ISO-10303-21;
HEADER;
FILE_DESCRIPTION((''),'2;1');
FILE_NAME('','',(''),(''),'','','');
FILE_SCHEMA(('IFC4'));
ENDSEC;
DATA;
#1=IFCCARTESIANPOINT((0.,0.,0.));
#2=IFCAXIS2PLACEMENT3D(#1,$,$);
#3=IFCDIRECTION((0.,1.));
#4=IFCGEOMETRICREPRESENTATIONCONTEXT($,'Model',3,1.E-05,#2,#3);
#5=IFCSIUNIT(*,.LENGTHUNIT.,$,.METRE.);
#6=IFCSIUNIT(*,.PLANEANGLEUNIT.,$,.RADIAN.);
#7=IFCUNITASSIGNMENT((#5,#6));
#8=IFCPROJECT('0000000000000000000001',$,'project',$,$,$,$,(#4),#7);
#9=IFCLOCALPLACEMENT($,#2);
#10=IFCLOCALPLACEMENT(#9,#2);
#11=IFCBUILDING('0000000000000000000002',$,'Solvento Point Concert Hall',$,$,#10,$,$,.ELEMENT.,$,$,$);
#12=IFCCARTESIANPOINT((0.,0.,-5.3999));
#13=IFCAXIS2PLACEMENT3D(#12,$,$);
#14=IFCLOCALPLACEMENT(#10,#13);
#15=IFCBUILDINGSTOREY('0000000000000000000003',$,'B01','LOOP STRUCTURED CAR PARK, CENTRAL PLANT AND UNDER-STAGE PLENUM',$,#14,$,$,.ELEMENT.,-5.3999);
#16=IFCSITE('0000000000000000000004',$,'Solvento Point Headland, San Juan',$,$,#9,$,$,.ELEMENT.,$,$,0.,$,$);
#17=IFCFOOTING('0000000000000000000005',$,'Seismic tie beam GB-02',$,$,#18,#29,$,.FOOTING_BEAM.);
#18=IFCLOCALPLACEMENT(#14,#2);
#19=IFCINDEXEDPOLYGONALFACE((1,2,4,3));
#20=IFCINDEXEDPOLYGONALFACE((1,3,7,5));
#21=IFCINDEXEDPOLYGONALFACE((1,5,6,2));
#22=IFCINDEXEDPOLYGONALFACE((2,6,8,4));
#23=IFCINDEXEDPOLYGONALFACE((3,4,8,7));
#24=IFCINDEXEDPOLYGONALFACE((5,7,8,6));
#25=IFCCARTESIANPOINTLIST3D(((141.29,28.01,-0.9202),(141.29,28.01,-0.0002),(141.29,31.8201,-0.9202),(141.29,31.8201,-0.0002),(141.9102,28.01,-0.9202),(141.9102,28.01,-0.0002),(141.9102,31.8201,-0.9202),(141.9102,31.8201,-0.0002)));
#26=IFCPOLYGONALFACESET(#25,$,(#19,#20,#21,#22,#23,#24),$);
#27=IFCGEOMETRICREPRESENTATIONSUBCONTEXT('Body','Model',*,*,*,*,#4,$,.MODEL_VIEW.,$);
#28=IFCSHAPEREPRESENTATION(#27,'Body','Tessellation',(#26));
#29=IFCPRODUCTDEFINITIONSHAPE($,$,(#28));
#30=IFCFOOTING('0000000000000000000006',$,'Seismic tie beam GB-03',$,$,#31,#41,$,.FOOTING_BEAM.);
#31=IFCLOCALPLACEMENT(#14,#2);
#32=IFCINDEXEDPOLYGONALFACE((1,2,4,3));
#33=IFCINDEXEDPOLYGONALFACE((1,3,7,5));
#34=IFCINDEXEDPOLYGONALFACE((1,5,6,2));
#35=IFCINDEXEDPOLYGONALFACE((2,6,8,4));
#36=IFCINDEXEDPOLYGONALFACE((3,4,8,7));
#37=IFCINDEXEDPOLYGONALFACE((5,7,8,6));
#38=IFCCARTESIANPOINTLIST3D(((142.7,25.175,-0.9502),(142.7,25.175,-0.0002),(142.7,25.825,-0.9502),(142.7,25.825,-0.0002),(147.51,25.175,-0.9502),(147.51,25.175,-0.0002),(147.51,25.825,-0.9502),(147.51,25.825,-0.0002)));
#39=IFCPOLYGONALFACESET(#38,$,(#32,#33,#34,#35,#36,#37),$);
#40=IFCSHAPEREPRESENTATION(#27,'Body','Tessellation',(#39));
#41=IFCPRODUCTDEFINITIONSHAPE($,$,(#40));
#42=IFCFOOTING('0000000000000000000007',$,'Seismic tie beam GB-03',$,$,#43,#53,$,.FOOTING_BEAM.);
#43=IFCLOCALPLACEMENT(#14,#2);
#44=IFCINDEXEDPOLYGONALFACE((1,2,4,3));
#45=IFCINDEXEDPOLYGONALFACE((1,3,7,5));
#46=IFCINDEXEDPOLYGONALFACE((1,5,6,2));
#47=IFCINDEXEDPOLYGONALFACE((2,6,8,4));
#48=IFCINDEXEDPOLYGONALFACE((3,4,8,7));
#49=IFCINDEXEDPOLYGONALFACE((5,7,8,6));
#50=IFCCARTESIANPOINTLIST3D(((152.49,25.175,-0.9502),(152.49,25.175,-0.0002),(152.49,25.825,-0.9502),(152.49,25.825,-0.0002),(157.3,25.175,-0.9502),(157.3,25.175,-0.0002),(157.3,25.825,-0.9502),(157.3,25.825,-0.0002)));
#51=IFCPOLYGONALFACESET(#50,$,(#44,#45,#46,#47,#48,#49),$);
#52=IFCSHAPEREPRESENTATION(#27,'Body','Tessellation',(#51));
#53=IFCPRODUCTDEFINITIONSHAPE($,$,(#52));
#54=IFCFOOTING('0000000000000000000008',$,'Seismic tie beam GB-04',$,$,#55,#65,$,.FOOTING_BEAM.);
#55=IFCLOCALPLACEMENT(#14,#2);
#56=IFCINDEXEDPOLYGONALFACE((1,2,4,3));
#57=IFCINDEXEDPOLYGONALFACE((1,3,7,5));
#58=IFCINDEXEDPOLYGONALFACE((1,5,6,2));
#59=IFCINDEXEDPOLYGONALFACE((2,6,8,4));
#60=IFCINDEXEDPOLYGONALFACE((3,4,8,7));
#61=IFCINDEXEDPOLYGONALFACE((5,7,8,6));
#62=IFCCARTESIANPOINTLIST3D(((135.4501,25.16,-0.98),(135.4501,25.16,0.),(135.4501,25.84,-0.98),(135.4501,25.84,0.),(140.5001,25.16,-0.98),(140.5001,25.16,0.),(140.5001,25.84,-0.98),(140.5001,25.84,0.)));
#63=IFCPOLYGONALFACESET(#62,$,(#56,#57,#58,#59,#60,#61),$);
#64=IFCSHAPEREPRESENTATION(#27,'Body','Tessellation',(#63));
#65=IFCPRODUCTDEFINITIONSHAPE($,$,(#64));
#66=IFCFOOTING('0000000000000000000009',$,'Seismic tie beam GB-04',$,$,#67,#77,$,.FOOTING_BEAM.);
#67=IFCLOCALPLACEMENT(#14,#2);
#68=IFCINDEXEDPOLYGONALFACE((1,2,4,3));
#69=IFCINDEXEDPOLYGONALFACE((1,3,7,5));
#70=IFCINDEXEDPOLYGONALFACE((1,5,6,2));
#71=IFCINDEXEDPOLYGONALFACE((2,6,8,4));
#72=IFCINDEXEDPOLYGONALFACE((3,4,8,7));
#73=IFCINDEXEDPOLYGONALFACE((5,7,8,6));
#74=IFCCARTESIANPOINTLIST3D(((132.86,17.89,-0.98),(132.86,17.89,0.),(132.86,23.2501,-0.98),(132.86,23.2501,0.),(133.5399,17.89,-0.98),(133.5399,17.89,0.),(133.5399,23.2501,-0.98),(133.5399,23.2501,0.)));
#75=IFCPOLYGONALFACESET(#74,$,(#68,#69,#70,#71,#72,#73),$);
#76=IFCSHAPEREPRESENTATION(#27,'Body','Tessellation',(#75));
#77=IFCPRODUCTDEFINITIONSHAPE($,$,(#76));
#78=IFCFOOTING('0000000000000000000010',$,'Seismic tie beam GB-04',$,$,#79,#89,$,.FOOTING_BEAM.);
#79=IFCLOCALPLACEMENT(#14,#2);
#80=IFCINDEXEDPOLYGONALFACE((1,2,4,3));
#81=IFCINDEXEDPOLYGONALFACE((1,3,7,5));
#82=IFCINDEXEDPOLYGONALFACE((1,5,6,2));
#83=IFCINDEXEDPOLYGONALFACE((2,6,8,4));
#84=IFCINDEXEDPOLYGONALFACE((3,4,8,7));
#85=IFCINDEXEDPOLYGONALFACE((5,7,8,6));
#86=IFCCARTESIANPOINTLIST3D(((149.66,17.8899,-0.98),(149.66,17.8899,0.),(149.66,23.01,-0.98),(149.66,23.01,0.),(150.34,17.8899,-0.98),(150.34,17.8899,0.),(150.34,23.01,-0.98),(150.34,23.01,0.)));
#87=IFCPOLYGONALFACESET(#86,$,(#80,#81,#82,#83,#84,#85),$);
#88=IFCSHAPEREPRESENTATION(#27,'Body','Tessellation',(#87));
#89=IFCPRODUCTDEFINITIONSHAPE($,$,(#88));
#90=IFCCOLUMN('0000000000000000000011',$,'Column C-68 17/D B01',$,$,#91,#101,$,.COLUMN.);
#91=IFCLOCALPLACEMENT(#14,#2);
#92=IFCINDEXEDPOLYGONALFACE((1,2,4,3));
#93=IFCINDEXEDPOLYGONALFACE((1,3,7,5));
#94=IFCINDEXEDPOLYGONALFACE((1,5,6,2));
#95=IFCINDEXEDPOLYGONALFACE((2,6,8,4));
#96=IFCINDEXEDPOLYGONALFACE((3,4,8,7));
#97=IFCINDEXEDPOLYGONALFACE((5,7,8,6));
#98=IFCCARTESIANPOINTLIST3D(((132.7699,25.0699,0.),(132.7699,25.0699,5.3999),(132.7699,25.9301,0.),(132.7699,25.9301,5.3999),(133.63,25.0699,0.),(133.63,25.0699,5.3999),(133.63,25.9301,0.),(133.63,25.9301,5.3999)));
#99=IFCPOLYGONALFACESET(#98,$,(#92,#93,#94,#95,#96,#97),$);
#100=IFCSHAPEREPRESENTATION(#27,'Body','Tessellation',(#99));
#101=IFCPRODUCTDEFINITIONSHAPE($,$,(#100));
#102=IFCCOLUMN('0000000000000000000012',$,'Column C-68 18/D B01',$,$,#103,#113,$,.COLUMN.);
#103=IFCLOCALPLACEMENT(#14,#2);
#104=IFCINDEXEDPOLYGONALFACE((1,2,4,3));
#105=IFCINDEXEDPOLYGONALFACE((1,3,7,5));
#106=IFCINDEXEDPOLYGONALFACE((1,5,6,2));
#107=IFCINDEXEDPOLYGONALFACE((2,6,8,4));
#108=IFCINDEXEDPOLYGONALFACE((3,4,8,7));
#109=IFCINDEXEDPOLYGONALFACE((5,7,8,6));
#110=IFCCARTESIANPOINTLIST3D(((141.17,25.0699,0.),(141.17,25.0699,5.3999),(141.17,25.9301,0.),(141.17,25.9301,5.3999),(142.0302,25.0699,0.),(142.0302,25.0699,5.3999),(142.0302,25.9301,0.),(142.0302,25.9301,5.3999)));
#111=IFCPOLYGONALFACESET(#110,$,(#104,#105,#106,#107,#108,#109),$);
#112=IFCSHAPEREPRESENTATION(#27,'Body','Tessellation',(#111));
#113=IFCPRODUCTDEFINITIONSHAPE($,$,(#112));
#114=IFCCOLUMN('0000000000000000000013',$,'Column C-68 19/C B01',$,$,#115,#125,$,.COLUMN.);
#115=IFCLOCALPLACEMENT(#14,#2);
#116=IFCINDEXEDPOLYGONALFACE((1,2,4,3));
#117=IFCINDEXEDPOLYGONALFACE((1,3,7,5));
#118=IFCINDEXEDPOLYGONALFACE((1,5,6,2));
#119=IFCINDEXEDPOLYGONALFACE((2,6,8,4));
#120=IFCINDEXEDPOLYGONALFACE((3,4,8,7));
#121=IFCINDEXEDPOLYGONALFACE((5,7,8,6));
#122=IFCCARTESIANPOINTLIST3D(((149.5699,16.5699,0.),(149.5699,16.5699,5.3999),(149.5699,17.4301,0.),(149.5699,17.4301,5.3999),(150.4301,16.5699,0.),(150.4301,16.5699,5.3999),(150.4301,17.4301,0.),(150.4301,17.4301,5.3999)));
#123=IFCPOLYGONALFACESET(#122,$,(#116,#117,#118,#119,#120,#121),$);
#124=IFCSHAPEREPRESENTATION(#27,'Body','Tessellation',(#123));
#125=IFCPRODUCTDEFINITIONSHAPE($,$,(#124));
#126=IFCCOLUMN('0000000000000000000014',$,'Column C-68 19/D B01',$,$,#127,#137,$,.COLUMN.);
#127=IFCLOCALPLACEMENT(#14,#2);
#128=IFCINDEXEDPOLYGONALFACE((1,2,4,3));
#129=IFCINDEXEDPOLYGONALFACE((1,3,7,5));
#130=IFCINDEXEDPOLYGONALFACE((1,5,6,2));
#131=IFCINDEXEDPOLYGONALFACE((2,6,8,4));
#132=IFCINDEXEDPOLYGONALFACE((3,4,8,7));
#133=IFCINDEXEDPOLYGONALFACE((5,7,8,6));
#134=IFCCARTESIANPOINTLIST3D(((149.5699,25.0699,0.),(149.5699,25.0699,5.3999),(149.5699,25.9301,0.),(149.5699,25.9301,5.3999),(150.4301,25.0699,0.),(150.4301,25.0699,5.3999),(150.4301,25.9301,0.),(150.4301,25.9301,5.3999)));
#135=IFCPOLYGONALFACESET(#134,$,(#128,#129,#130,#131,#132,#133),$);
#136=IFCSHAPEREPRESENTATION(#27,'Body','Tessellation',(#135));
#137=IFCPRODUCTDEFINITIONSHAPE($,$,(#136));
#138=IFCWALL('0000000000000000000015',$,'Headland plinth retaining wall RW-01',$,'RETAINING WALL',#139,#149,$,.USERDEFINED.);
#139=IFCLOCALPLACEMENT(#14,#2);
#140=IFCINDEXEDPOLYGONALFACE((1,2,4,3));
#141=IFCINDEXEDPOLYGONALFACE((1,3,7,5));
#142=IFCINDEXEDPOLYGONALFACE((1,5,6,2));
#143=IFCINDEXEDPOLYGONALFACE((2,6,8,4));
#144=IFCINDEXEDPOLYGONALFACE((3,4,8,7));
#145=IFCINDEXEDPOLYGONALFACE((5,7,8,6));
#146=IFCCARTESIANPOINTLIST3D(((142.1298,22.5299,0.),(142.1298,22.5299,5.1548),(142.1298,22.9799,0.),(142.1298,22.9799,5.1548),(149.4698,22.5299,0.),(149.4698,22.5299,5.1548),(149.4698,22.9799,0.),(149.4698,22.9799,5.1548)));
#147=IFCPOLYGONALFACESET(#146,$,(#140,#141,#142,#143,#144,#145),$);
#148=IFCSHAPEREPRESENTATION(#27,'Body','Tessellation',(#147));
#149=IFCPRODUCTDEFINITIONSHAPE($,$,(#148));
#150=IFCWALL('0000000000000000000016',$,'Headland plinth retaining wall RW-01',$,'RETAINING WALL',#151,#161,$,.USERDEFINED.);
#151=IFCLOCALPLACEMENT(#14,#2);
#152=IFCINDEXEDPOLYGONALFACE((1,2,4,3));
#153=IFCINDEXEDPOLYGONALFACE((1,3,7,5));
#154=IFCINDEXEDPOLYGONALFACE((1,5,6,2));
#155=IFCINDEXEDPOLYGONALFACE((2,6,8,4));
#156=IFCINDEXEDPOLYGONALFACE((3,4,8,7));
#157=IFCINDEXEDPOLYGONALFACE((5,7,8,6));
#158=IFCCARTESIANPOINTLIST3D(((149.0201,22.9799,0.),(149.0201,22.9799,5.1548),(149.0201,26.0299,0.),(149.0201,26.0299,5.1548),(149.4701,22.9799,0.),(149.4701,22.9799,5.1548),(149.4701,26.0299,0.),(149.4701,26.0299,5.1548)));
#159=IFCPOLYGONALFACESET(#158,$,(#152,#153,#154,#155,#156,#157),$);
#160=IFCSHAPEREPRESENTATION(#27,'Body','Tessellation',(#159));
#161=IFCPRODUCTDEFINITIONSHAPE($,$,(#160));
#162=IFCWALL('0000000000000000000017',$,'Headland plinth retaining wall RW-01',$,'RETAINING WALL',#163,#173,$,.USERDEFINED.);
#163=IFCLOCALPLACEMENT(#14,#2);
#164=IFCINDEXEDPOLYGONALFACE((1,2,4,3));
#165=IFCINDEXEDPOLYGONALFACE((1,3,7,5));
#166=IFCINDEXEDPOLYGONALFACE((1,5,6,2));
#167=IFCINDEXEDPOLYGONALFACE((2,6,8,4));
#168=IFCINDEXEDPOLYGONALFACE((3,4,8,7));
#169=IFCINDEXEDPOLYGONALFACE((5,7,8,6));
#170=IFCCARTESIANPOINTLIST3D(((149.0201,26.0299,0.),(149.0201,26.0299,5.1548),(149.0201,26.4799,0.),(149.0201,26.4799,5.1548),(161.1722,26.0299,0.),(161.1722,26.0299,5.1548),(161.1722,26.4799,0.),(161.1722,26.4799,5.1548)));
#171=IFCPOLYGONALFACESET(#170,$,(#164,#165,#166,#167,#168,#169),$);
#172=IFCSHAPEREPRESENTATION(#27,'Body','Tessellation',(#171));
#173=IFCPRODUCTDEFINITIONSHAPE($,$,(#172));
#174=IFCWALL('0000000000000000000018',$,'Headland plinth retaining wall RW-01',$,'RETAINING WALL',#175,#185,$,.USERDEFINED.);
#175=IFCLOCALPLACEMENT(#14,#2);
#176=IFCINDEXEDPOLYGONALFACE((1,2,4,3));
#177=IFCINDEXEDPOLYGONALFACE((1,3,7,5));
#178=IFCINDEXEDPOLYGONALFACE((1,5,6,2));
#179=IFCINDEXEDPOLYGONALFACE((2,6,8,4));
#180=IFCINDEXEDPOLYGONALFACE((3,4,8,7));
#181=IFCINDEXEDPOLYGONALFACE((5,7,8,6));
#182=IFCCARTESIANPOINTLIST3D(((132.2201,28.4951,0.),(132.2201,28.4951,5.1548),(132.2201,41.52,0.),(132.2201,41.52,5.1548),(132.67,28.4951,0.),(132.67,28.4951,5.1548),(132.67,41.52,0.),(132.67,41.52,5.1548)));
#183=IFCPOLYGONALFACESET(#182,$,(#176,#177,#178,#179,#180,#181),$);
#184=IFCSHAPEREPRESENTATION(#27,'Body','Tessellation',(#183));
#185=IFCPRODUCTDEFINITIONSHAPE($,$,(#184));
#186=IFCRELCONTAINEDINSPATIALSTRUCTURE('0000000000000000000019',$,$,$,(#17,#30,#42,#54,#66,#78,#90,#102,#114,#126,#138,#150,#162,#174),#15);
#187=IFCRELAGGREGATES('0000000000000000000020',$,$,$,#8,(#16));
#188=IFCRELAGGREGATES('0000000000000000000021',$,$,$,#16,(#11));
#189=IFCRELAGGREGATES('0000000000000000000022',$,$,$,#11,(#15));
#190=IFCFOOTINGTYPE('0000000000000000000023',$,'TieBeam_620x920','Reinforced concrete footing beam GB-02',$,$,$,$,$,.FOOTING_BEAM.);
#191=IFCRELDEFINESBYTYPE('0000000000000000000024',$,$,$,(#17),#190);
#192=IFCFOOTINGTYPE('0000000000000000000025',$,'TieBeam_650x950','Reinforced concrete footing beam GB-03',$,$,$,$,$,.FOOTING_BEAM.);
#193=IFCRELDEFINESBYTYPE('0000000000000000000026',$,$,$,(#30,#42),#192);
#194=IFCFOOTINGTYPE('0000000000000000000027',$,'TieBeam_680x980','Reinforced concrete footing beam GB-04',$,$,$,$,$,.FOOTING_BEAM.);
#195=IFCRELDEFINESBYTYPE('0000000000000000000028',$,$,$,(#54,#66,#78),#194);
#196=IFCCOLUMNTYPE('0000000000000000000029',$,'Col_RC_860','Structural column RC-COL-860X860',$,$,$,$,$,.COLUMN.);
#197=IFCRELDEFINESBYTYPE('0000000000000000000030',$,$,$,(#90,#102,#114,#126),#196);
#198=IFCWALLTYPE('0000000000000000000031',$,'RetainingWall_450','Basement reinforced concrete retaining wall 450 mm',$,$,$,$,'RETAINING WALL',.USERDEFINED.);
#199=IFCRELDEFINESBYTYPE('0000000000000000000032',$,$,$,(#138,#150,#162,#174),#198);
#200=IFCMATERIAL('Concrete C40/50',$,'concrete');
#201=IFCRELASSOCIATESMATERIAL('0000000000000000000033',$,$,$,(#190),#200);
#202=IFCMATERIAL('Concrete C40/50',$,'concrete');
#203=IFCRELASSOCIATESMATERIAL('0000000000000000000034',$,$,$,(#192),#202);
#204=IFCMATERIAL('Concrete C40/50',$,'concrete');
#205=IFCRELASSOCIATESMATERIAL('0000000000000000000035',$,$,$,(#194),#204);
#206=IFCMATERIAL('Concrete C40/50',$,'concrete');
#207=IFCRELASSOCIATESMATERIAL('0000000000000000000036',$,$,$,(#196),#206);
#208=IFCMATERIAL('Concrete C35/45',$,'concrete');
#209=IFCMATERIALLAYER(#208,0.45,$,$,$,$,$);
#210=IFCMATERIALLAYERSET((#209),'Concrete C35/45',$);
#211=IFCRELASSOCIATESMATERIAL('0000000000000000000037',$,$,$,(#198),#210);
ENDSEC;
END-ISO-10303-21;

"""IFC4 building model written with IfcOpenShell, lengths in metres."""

from ifc_helpers import new_model, si_unit, direction, frame, frame_2d, origin, origin_2d, place, context, subcontext, project, spatial, rectangle, extrude, material, layer, layer_set, material_profile, profile_set, type_object, element, save


model = new_model("IFC4")

# Units and contexts
model_context = context("Model", 3, precision=1e-05, world=origin(), true_north=direction((0.0, 1.0)))
body_context = subcontext(model_context, "Body", "Model", "MODEL_VIEW")
ifc_project = project(units=[si_unit("LENGTHUNIT", "METRE"), si_unit("PLANEANGLEUNIT", "RADIAN")], contexts=[model_context])

# Site, building, storey
site_placement = place(None, origin())
site = spatial("IfcSite", under=ifc_project, at=site_placement, Name="Solvento Point Headland, San Juan", CompositionType="ELEMENT", RefElevation=0.0)
building_placement = place(site_placement, origin())
building = spatial("IfcBuilding", under=site, at=building_placement, Name="Solvento Point Concert Hall", CompositionType="ELEMENT")
storey_placement = place(building_placement, frame((0.0, 0.0, -5.3999)))
storey = spatial("IfcBuildingStorey", under=building, at=storey_placement, Name="B01", Description="LOOP STRUCTURED CAR PARK, CENTRAL PLANT AND UNDER-STAGE PLENUM", CompositionType="ELEMENT", Elevation=-5.3999)

# Footings
ifc_material_1 = material(Name="Concrete C40/50", Category="concrete")
footing_type_1 = type_object("IfcFootingType", Name="TieBeam_620x920", Description="Reinforced concrete footing beam GB-02", PredefinedType="FOOTING_BEAM", material=ifc_material_1)
footing_1_placement = place(storey_placement, frame((141.6001, 29.915, -0.9202), z_axis=(0.0, 0.0, 1.0), x_axis=(0.0, 1.0, 0.0)))
element("IfcFooting", 1, at=footing_1_placement, inside=storey, type_object=footing_type_1, Name="Seismic tie beam GB-02", PredefinedType="FOOTING_BEAM", context=body_context, shape_type="SweptSolid", body=[
    extrude(rectangle(XDim=3.8101, YDim=0.6201, at=origin_2d()), origin(), (0.0, 0.0, 1.0), 0.9199),
])
ifc_material_2 = material(Name="Concrete C40/50", Category="concrete")
footing_type_2 = type_object("IfcFootingType", Name="TieBeam_650x950", Description="Reinforced concrete footing beam GB-03", PredefinedType="FOOTING_BEAM", material=ifc_material_2)
for number, where, z_axis, x_axis, name in (
    (2, (145.105, 25.5, -0.9502), (0.0, 0.0, 1.0), (1.0, 0.0, 0.0), "Seismic tie beam GB-03"),
    (3, (154.895, 25.5, -0.9502), (0.0, 0.0, 1.0), (1.0, 0.0, 0.0), "Seismic tie beam GB-03"),
):
    element("IfcFooting", number, at=place(storey_placement, frame(where, z_axis=z_axis, x_axis=x_axis)), inside=storey, type_object=footing_type_2, Name=name, PredefinedType="FOOTING_BEAM", context=body_context, shape_type="SweptSolid", body=[
        extrude(rectangle(XDim=4.8101, YDim=0.6499, at=origin_2d()), origin(), (0.0, 0.0, 1.0), 0.95),
    ])
ifc_material_3 = material(Name="Concrete C40/50", Category="concrete")
footing_type_3 = type_object("IfcFootingType", Name="TieBeam_680x980", Description="Reinforced concrete footing beam GB-04", PredefinedType="FOOTING_BEAM", material=ifc_material_3)
footing_2_placement = place(storey_placement, frame((137.9751, 25.5, -0.98), z_axis=(0.0, 0.0, 1.0), x_axis=(1.0, 0.0, 0.0)))
element("IfcFooting", 4, at=footing_2_placement, inside=storey, type_object=footing_type_3, Name="Seismic tie beam GB-04", PredefinedType="FOOTING_BEAM", context=body_context, shape_type="SweptSolid", body=[
    extrude(rectangle(XDim=5.05, YDim=0.6799, at=origin_2d()), origin(), (0.0, 0.0, 1.0), 0.98),
])
footing_3_placement = place(storey_placement, frame((133.2, 20.5701, -0.98), z_axis=(0.0, 0.0, 1.0), x_axis=(0.0, 1.0, 0.0)))
element("IfcFooting", 5, at=footing_3_placement, inside=storey, type_object=footing_type_3, Name="Seismic tie beam GB-04", PredefinedType="FOOTING_BEAM", context=body_context, shape_type="SweptSolid", body=[
    extrude(rectangle(XDim=5.3601, YDim=0.6799, at=origin_2d()), origin(), (0.0, 0.0, 1.0), 0.98),
])
footing_4_placement = place(storey_placement, frame((150.0, 20.45, -0.98), z_axis=(0.0, 0.0, 1.0), x_axis=(0.0, 1.0, 0.0)))
element("IfcFooting", 6, at=footing_4_placement, inside=storey, type_object=footing_type_3, Name="Seismic tie beam GB-04", PredefinedType="FOOTING_BEAM", context=body_context, shape_type="SweptSolid", body=[
    extrude(rectangle(XDim=5.1201, YDim=0.6799, at=origin_2d()), origin(), (0.0, 0.0, 1.0), 0.98),
])

# Columns
ifc_material_4 = material(Name="Concrete C40/50", Category="concrete")
ifc_material_profile_1 = material_profile(ifc_material_4, rectangle(XDim=0.8601, YDim=0.8601, at=origin_2d()), Name="RC-COL-860X860")
ifc_profile_set_1 = profile_set([ifc_material_profile_1], Name="Concrete C40/50")
column_type = type_object("IfcColumnType", Name="Col_RC_860", Description="Structural column RC-COL-860X860", PredefinedType="COLUMN", material=ifc_profile_set_1)
for number, where, z_axis, x_axis, name in (
    (7, (133.2, 25.5, 0.0), (0.0, 0.0, 1.0), (1.0, 0.0, 0.0), "Column C-68 17/D B01"),
    (8, (141.6001, 25.5, 0.0), (0.0, 0.0, 1.0), (1.0, 0.0, 0.0), "Column C-68 18/D B01"),
    (9, (150.0, 17.0, 0.0), (0.0, 0.0, 1.0), (1.0, 0.0, 0.0), "Column C-68 19/C B01"),
    (10, (150.0, 25.5, 0.0), (0.0, 0.0, 1.0), (1.0, 0.0, 0.0), "Column C-68 19/D B01"),
):
    element("IfcColumn", number, at=place(storey_placement, frame(where, z_axis=z_axis, x_axis=x_axis)), inside=storey, type_object=column_type, Name=name, PredefinedType="COLUMN", context=body_context, shape_type="SweptSolid", body=[
        extrude(rectangle(XDim=0.8601, YDim=0.8601, at=origin_2d()), origin(), (0.0, 0.0, 1.0), 5.3999),
    ])

# Walls
ifc_material_5 = material(Name="Concrete C35/45", Category="concrete")
ifc_layer = layer(ifc_material_5, 0.45)
ifc_layer_set = layer_set([ifc_layer], Name="Concrete C35/45")
wall_type = type_object("IfcWallType", Name="RetainingWall_450", Description="Basement reinforced concrete retaining wall 450 mm", ElementType="RETAINING WALL", PredefinedType="USERDEFINED", material=ifc_layer_set)
wall_1_placement = place(storey_placement, frame((142.1299, 22.7549, 0.0), z_axis=(0.0, 0.0, 1.0), x_axis=(1.0, 0.0, 0.0)))
element("IfcWall", 11, at=wall_1_placement, inside=storey, type_object=wall_type, Name="Headland plinth retaining wall RW-01", ObjectType="RETAINING WALL", PredefinedType="USERDEFINED", context=body_context, shape_type="SweptSolid", body=[
    extrude(rectangle(XDim=7.3401, YDim=0.45, at=frame_2d((3.6699, 0.0))), origin(), (0.0, 0.0, 1.0), 5.1548),
])
wall_2_placement = place(storey_placement, frame((149.2451, 22.98, 0.0), z_axis=(0.0, 0.0, 1.0), x_axis=(0.0, 1.0, 0.0)))
element("IfcWall", 12, at=wall_2_placement, inside=storey, type_object=wall_type, Name="Headland plinth retaining wall RW-01", ObjectType="RETAINING WALL", PredefinedType="USERDEFINED", context=body_context, shape_type="SweptSolid", body=[
    extrude(rectangle(XDim=3.05, YDim=0.45, at=frame_2d((1.5249, 0.0))), origin(), (0.0, 0.0, 1.0), 5.1548),
])
wall_3_placement = place(storey_placement, frame((149.02, 26.2549, 0.0), z_axis=(0.0, 0.0, 1.0), x_axis=(1.0, 0.0, 0.0)))
element("IfcWall", 13, at=wall_3_placement, inside=storey, type_object=wall_type, Name="Headland plinth retaining wall RW-01", ObjectType="RETAINING WALL", PredefinedType="USERDEFINED", context=body_context, shape_type="SweptSolid", body=[
    extrude(rectangle(XDim=12.1521, YDim=0.45, at=frame_2d((6.0762, 0.0))), origin(), (0.0, 0.0, 1.0), 5.1548),
])
wall_4_placement = place(storey_placement, frame((132.4451, 28.4951, 0.0), z_axis=(0.0, 0.0, 1.0), x_axis=(0.0, 1.0, 0.0)))
element("IfcWall", 14, at=wall_4_placement, inside=storey, type_object=wall_type, Name="Headland plinth retaining wall RW-01", ObjectType="RETAINING WALL", PredefinedType="USERDEFINED", context=body_context, shape_type="SweptSolid", body=[
    extrude(rectangle(XDim=13.0249, YDim=0.45, at=frame_2d((6.5125, 0.0))), origin(), (0.0, 0.0, 1.0), 5.1548),
])

save(model, "model.ifc")
